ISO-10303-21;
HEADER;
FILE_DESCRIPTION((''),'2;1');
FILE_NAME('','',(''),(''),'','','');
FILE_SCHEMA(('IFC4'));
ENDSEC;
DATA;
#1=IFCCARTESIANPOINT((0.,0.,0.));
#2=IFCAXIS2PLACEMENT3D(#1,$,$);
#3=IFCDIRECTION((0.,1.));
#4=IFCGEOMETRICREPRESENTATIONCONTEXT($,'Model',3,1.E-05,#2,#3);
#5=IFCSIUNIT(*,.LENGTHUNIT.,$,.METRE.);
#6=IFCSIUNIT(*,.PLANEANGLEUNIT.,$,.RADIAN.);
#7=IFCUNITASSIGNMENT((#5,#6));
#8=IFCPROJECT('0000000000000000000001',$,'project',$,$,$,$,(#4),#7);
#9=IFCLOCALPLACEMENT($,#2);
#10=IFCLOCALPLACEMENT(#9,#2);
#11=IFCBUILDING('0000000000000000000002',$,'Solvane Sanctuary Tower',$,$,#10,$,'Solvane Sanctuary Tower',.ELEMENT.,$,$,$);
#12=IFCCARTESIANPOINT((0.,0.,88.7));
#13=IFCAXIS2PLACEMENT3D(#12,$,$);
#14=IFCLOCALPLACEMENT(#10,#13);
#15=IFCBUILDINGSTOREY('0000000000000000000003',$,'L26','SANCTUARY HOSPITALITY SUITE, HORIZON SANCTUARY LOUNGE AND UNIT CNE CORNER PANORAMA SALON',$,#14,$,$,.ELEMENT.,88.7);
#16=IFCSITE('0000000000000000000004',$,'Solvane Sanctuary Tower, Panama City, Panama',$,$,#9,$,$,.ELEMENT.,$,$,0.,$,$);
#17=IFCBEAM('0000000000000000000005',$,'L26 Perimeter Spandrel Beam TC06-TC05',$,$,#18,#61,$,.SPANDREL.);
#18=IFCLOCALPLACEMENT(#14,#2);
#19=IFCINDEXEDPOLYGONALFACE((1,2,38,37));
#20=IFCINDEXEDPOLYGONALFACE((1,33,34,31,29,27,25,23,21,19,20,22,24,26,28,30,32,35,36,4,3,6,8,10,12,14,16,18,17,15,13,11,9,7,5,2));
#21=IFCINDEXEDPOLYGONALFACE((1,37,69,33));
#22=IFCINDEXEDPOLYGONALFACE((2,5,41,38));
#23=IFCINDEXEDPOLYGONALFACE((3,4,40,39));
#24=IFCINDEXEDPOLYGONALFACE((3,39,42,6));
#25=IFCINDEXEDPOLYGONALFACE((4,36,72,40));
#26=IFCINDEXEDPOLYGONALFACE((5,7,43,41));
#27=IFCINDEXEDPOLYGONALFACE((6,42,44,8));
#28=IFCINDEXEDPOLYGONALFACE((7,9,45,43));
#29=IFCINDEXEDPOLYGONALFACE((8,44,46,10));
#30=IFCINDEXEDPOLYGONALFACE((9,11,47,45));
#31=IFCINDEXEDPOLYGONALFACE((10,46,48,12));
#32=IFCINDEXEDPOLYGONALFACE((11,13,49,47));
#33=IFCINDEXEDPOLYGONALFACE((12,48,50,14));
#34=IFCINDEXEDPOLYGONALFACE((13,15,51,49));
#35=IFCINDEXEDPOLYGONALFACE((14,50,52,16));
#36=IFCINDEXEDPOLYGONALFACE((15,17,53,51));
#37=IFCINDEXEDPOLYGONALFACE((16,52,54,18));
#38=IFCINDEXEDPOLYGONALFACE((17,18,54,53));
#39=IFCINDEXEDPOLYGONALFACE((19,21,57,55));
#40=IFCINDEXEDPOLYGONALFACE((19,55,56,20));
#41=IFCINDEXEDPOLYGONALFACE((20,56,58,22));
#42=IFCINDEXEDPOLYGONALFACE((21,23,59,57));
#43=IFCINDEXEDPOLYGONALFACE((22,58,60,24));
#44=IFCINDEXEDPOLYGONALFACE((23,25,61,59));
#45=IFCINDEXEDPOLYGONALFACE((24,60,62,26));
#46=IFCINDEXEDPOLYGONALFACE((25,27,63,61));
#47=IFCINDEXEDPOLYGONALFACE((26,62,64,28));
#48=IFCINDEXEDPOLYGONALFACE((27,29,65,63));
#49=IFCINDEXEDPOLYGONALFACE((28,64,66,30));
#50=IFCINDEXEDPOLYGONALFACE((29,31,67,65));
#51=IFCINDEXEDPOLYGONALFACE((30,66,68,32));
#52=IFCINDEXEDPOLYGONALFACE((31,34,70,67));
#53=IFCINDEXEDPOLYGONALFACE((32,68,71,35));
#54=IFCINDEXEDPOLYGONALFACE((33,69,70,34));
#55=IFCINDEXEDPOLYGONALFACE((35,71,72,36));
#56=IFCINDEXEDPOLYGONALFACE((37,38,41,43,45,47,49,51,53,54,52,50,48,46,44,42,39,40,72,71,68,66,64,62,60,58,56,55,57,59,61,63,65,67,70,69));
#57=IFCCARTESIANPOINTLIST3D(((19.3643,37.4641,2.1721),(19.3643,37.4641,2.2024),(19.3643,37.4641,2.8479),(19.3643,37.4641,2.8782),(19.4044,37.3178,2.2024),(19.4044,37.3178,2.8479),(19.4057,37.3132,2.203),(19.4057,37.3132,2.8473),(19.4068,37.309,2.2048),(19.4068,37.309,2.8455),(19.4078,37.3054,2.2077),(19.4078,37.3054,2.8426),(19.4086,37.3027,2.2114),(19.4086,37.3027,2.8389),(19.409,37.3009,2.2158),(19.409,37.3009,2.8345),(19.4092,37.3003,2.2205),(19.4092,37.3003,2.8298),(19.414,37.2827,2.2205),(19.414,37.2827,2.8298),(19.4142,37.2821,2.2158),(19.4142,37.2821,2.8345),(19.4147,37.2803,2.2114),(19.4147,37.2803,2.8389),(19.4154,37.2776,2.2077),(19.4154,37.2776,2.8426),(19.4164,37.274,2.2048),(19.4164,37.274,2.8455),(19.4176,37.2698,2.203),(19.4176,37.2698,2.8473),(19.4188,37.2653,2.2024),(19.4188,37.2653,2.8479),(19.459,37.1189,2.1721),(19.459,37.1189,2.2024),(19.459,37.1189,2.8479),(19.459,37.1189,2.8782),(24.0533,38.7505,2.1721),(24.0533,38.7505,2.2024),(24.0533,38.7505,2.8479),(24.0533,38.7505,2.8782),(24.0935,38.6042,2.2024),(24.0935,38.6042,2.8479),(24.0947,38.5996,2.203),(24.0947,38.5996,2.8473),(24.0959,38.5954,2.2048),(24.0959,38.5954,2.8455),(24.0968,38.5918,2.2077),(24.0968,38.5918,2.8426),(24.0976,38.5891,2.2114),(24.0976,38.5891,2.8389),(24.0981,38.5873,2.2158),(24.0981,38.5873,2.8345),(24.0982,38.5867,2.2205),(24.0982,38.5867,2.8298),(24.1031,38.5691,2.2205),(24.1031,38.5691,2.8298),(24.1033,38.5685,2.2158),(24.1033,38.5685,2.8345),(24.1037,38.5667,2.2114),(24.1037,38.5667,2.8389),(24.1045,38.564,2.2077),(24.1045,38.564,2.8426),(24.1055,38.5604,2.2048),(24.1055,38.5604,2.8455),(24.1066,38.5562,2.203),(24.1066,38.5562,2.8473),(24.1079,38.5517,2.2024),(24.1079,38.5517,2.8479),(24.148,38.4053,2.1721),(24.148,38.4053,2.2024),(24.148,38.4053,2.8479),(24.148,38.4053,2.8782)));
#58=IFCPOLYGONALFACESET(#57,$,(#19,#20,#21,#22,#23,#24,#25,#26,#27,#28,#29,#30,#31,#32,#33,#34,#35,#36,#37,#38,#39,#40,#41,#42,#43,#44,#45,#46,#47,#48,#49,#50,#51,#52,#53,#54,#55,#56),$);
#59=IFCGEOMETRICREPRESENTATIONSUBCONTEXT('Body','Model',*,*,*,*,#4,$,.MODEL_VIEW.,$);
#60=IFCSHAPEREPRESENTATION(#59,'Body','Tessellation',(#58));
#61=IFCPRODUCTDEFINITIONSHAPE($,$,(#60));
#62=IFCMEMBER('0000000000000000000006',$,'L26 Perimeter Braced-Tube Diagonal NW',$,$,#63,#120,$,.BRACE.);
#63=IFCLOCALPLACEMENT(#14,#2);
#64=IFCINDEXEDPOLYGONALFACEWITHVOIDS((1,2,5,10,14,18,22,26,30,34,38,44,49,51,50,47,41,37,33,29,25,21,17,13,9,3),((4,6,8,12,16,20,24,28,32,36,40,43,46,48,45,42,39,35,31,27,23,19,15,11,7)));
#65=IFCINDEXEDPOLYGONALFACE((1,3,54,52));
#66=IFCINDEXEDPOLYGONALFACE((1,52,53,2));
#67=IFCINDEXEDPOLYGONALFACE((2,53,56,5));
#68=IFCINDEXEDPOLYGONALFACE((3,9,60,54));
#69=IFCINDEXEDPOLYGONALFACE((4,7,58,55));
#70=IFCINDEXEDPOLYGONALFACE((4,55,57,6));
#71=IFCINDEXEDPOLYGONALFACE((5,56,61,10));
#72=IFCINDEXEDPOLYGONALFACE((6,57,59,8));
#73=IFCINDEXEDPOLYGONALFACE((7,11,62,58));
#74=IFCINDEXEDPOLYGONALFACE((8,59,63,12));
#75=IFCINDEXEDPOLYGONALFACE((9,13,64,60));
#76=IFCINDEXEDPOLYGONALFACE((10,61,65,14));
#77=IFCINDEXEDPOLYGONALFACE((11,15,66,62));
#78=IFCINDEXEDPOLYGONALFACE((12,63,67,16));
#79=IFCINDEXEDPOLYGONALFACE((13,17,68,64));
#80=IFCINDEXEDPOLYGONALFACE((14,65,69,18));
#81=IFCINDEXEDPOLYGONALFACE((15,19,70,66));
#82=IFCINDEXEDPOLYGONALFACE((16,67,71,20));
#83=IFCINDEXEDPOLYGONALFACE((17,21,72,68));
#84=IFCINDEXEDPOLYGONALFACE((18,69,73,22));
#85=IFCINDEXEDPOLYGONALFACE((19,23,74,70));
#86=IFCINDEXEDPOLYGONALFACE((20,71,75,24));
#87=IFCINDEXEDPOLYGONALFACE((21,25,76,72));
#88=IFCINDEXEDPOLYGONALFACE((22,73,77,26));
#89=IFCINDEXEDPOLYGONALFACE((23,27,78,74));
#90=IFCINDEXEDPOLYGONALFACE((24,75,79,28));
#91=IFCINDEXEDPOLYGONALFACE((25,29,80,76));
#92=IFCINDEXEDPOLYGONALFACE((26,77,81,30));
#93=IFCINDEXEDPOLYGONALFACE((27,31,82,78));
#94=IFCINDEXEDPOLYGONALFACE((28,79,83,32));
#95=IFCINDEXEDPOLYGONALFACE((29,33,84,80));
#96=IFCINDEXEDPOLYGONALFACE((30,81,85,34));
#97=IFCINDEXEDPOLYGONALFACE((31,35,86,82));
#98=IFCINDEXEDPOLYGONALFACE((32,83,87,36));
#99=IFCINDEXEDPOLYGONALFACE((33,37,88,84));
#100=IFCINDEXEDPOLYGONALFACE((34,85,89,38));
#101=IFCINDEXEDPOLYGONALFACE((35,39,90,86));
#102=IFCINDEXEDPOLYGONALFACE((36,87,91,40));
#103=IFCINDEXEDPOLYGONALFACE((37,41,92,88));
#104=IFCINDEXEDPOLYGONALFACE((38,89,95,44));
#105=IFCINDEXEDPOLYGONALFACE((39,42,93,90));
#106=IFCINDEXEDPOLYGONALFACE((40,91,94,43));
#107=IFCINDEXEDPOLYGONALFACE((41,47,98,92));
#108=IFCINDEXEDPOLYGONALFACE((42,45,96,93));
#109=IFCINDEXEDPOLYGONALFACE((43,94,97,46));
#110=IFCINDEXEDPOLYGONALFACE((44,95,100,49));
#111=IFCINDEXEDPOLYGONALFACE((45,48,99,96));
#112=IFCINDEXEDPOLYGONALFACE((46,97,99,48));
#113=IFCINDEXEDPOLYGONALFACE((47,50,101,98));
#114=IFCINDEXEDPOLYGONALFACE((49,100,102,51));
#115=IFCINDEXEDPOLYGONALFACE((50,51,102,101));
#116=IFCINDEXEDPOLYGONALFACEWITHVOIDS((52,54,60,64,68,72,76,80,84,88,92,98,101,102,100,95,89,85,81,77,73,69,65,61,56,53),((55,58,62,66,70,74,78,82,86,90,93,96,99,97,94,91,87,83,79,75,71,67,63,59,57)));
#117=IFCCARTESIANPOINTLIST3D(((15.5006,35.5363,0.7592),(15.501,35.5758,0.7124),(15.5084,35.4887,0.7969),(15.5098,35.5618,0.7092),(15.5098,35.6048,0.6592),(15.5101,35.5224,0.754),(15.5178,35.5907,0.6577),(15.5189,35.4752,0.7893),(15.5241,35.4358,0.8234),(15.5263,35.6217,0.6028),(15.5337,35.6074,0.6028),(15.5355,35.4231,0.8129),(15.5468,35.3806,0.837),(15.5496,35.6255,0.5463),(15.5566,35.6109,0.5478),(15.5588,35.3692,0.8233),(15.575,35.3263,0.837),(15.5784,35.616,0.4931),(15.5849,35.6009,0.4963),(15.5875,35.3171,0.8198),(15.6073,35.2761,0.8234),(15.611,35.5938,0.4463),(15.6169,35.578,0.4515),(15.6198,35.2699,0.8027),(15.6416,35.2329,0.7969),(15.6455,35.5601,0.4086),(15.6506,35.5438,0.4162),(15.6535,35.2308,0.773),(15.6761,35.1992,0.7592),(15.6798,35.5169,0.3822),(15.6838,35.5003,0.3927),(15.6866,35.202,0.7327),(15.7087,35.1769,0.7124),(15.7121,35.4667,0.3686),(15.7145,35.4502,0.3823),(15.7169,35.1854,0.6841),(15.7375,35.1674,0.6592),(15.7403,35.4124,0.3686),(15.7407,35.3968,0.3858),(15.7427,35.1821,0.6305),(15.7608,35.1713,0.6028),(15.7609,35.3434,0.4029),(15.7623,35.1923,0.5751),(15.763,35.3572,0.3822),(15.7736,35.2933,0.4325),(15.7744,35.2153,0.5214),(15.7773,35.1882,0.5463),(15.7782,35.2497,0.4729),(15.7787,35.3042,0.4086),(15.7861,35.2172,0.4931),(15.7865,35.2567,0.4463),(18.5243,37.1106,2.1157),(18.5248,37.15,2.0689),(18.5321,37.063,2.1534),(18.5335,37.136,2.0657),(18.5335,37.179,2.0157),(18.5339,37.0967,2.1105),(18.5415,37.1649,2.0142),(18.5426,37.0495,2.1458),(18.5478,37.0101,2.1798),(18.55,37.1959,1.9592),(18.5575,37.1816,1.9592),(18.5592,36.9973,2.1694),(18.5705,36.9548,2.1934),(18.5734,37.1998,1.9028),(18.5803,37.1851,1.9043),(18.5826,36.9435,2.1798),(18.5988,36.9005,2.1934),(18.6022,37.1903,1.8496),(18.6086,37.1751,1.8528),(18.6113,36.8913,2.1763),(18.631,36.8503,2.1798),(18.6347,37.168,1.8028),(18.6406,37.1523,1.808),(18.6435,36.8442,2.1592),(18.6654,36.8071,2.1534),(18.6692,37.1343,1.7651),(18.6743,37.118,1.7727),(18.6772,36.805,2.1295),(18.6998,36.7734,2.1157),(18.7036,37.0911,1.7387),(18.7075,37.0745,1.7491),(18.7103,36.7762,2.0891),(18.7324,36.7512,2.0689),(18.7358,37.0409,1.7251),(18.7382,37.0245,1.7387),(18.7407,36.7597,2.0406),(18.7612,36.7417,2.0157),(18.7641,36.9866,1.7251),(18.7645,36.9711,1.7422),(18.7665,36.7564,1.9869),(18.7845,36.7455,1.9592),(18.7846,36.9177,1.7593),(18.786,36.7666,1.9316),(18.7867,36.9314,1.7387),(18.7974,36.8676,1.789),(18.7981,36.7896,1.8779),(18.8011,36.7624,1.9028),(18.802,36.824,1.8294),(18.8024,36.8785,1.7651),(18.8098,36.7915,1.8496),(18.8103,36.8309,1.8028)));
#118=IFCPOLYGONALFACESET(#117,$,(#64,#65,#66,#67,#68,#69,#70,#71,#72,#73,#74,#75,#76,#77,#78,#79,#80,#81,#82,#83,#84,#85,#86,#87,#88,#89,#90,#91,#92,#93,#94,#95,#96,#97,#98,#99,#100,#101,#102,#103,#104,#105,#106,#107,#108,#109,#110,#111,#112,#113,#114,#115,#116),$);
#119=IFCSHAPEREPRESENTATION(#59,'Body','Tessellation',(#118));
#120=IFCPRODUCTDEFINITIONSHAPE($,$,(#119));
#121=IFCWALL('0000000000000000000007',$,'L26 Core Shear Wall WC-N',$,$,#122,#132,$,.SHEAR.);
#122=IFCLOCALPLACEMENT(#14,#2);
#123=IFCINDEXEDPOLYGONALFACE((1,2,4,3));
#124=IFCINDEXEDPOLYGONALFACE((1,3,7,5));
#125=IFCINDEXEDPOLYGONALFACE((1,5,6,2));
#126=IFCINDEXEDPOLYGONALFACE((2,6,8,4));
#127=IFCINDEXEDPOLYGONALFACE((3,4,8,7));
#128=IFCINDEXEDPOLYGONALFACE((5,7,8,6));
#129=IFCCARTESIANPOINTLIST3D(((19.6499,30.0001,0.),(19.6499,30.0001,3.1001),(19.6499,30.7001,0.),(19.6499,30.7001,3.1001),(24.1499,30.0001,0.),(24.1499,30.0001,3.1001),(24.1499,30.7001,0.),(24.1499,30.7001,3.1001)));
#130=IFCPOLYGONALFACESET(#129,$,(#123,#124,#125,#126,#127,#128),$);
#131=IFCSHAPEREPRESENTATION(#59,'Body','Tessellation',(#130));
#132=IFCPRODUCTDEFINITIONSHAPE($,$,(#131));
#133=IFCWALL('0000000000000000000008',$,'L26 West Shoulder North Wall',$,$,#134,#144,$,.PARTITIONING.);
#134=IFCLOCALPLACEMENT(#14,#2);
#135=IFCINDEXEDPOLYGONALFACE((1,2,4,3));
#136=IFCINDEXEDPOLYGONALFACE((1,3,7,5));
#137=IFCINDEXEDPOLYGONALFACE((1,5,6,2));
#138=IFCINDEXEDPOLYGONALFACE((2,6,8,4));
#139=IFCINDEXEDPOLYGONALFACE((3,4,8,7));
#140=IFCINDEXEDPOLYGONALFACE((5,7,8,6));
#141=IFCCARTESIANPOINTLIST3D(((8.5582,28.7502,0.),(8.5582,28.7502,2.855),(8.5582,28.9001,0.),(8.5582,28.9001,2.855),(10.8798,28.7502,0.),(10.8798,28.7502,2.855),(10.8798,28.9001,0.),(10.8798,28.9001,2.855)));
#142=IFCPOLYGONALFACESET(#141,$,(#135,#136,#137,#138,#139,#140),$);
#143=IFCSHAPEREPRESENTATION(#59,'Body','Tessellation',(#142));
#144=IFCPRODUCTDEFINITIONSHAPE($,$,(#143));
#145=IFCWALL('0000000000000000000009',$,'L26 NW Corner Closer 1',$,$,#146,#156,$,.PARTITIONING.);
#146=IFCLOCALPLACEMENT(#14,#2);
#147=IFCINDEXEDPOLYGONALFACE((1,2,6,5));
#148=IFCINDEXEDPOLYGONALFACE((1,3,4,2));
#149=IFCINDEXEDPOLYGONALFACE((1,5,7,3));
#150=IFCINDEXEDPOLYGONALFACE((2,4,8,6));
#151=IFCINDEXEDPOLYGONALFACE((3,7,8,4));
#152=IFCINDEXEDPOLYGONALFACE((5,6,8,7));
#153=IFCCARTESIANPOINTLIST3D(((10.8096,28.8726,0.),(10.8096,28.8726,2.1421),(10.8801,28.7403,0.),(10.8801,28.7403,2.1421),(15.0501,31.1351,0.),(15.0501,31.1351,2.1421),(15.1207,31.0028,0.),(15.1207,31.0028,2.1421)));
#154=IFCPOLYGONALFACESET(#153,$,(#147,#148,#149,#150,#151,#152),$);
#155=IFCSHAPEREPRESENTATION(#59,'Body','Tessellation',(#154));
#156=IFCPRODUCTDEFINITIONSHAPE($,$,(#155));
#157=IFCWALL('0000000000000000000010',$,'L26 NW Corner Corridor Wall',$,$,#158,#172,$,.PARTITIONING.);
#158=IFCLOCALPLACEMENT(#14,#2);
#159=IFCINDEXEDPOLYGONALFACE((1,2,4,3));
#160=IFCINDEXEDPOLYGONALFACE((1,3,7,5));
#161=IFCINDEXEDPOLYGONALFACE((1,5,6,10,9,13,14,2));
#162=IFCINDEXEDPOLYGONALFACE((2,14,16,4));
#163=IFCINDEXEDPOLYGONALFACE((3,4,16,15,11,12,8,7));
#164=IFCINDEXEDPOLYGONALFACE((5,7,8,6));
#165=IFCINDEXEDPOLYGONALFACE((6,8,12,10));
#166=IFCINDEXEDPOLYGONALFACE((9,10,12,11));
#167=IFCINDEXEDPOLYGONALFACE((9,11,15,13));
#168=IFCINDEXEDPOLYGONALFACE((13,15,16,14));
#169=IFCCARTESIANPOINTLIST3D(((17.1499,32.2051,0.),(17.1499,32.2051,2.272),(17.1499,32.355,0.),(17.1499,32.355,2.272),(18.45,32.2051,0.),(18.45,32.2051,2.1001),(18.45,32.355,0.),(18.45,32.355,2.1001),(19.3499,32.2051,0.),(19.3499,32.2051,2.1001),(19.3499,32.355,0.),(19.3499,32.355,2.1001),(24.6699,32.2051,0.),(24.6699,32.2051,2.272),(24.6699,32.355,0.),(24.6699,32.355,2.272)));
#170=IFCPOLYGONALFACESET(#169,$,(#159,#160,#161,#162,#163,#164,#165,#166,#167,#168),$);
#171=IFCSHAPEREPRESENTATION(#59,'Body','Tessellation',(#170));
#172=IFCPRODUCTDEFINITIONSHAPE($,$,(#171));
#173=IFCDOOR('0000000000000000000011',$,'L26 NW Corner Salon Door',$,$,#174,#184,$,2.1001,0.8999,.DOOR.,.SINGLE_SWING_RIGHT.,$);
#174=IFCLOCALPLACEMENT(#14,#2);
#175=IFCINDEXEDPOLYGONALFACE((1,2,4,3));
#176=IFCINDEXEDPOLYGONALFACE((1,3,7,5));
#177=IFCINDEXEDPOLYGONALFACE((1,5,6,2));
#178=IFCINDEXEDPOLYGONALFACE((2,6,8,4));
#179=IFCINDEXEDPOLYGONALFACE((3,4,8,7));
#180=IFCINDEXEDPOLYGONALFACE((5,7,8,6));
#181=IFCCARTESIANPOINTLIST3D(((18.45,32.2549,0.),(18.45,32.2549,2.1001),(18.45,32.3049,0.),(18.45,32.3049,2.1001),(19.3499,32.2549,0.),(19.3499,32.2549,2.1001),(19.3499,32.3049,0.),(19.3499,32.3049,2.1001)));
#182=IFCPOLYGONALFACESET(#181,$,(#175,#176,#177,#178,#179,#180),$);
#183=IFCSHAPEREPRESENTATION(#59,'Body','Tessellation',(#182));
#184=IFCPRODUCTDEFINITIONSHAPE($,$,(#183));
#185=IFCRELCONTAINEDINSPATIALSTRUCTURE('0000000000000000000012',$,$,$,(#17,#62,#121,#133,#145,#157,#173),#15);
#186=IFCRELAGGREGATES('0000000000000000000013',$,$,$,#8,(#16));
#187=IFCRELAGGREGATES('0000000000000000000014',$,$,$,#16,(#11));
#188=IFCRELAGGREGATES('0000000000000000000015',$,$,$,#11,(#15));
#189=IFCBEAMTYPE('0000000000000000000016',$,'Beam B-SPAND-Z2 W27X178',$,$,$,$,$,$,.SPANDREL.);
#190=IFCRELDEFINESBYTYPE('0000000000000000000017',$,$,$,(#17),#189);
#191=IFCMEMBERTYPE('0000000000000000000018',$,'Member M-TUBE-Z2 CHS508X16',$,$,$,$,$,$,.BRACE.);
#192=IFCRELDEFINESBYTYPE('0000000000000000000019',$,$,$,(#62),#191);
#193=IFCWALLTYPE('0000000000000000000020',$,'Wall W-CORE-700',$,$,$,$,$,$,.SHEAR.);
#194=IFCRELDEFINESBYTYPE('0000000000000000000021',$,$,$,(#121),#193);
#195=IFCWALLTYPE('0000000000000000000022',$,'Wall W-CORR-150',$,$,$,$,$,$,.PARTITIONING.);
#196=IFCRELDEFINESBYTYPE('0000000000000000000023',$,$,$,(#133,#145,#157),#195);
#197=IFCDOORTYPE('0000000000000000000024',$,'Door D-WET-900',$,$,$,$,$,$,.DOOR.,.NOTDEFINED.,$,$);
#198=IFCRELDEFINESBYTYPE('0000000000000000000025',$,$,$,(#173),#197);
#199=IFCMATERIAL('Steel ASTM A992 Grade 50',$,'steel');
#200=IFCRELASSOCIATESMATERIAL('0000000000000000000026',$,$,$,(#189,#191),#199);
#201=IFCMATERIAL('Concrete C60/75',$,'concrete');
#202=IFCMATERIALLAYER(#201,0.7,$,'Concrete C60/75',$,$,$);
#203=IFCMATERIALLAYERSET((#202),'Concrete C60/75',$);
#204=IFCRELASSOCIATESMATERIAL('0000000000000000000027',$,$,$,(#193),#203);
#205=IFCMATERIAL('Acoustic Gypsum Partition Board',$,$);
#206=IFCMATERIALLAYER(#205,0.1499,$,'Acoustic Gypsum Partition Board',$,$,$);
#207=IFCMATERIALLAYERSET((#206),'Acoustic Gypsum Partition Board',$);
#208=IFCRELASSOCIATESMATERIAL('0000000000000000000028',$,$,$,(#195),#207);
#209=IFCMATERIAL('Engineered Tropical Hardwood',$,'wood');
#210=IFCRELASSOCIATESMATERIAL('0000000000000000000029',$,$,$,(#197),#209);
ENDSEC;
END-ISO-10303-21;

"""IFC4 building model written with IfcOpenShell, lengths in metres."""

from ifc_helpers import new_model, si_unit, direction, frame, frame_2d, origin, origin_2d, place, context, subcontext, project, spatial, rectangle, hollow_circle, i_section, extrude, material, layer, layer_set, material_profile, profile_set, type_object, element, fill, save


model = new_model("IFC4")

# Units and contexts
model_context = context("Model", 3, precision=1e-05, world=origin(), true_north=direction((0.0, 1.0)))
body_context = subcontext(model_context, "Body", "Model", "MODEL_VIEW")
ifc_project = project(units=[si_unit("LENGTHUNIT", "METRE"), si_unit("PLANEANGLEUNIT", "RADIAN")], contexts=[model_context])

# Site, building, storey
site_placement = place(None, origin())
site = spatial("IfcSite", under=ifc_project, at=site_placement, Name="Solvane Sanctuary Tower, Panama City, Panama", CompositionType="ELEMENT", RefElevation=0.0)
building_placement = place(site_placement, origin())
building = spatial("IfcBuilding", under=site, at=building_placement, Name="Solvane Sanctuary Tower", LongName="Solvane Sanctuary Tower", CompositionType="ELEMENT")
storey_placement = place(building_placement, frame((0.0, 0.0, 88.7)))
storey = spatial("IfcBuildingStorey", under=building, at=storey_placement, Name="L26", Description="SANCTUARY HOSPITALITY SUITE, HORIZON SANCTUARY LOUNGE AND UNIT CNE CORNER PANORAMA SALON", CompositionType="ELEMENT", Elevation=88.7)

# Shared definitions
ifc_material_1 = material(Name="Concrete C60/75", Category="concrete")

# Beam
ifc_material_2 = material(Name="Steel ASTM A992 Grade 50", Category="steel")
ifc_material_profile_1 = material_profile(ifc_material_2, i_section(OverallWidth=0.3579, OverallDepth=0.7061, WebThickness=0.0183, FlangeThickness=0.0303, FilletRadius=0.0181, at=origin_2d()), Name="W27X178")
ifc_profile_set_1 = profile_set([ifc_material_profile_1], Name="Steel ASTM A992 Grade 50")
beam_type_1 = type_object("IfcBeamType", Name="Beam B-SPAND-Z2 W27X178", PredefinedType="SPANDREL", material=ifc_profile_set_1)
beam_1_placement = place(storey_placement, frame((19.4116, 37.2915, 2.5251), z_axis=(0.964368, 0.264566, 0.0), x_axis=(-0.264566, 0.964368, 0.0)))
element("IfcBeam", 1, at=beam_1_placement, inside=storey, type_object=beam_type_1, Name="L26 Perimeter Spandrel Beam TC06-TC05", PredefinedType="SPANDREL", context=body_context, shape_type="SweptSolid", body=[
    extrude(i_section(OverallWidth=0.3579, OverallDepth=0.7061, WebThickness=0.0183, FlangeThickness=0.0303, FilletRadius=0.0181, at=origin_2d()), origin(), (0.0, 0.0, 1.0), 4.8623),
])

# Member
ifc_material_profile_2 = material_profile(ifc_material_2, hollow_circle(Radius=0.2539, WallThickness=0.0161, at=origin_2d()), Name="CHS508X16")
ifc_profile_set_2 = profile_set([ifc_material_profile_2], Name="Steel ASTM A992 Grade 50")
member_type = type_object("IfcMemberType", Name="Member M-TUBE-Z2 CHS508X16", PredefinedType="BRACE", material=ifc_profile_set_2)
member_placement = place(storey_placement, frame((15.6436, 35.3965, 0.6028), z_axis=(0.824141, 0.429072, 0.369715), x_axis=(-0.461792, 0.886988, 0.0)))
element("IfcMember", 2, at=member_placement, inside=storey, type_object=member_type, Name="L26 Perimeter Braced-Tube Diagonal NW", PredefinedType="BRACE", context=body_context, shape_type="SweptSolid", body=[
    extrude(hollow_circle(Radius=0.2539, WallThickness=0.0161, at=origin_2d()), origin(), (0.0, 0.0, 1.0), 3.6689),
])

# Walls
ifc_layer_1 = layer(ifc_material_1, 0.7, Name="Concrete C60/75")
ifc_layer_set_1 = layer_set([ifc_layer_1], Name="Concrete C60/75")
wall_type_1 = type_object("IfcWallType", Name="Wall W-CORE-700", PredefinedType="SHEAR", material=ifc_layer_set_1)
wall_1_placement = place(storey_placement, frame((19.6499, 30.3501, 0.0), z_axis=(0.0, 0.0, 1.0), x_axis=(1.0, 0.0, 0.0)))
element("IfcWall", 3, at=wall_1_placement, inside=storey, type_object=wall_type_1, Name="L26 Core Shear Wall WC-N", PredefinedType="SHEAR", context=body_context, shape_type="SweptSolid", body=[
    extrude(rectangle(XDim=4.5, YDim=0.7, at=frame_2d((2.25, 0.0))), origin(), (0.0, 0.0, 1.0), 3.1001),
])
ifc_material_3 = material(Name="Acoustic Gypsum Partition Board")
ifc_layer_2 = layer(ifc_material_3, 0.1499, Name="Acoustic Gypsum Partition Board")
ifc_layer_set_2 = layer_set([ifc_layer_2], Name="Acoustic Gypsum Partition Board")
wall_type_2 = type_object("IfcWallType", Name="Wall W-CORR-150", PredefinedType="PARTITIONING", material=ifc_layer_set_2)
wall_2_placement = place(storey_placement, frame((8.5583, 28.8252, 0.0), z_axis=(0.0, 0.0, 1.0), x_axis=(1.0, 0.0, 0.0)))
element("IfcWall", 4, at=wall_2_placement, inside=storey, type_object=wall_type_2, Name="L26 West Shoulder North Wall", PredefinedType="PARTITIONING", context=body_context, shape_type="SweptSolid", body=[
    extrude(rectangle(XDim=2.3215, YDim=0.1499, at=frame_2d((1.1606, 0.0))), origin(), (0.0, 0.0, 1.0), 2.855),
])
wall_3_placement = place(storey_placement, frame((10.8447, 28.8064, 0.0), z_axis=(0.0, 0.0, 1.0), x_axis=(0.882278, 0.470728, 0.0)))
element("IfcWall", 5, at=wall_3_placement, inside=storey, type_object=wall_type_2, Name="L26 NW Corner Closer 1", PredefinedType="PARTITIONING", context=body_context, shape_type="SweptSolid", body=[
    extrude(rectangle(XDim=4.8064, YDim=0.1499, at=frame_2d((2.4033, 0.0))), origin(), (0.0, 0.0, 1.0), 2.1421),
])

# Wall, opening, door
wall_4_placement = place(storey_placement, frame((17.1499, 32.28, 0.0), z_axis=(0.0, 0.0, 1.0), x_axis=(1.0, 0.0, 0.0)))
wall_4 = element("IfcWall", 6, at=wall_4_placement, inside=storey, type_object=wall_type_2, Name="L26 NW Corner Corridor Wall", PredefinedType="PARTITIONING", context=body_context, shape_type="SweptSolid", body=[
    extrude(rectangle(XDim=7.52, YDim=0.1499, at=frame_2d((3.76, 0.0))), origin(), (0.0, 0.0, 1.0), 2.272),
])
opening_1_placement = place(wall_4_placement, frame((1.3, 0.0, 0.0)))
opening_1 = element("IfcOpeningElement", 7, at=opening_1_placement, cuts=wall_4, PredefinedType="OPENING", context=body_context, shape_type="SweptSolid", body=[
    extrude(rectangle(XDim=0.8999, YDim=2.1001, at=frame_2d((0.45, 1.05))), frame((0.0, 0.085, 0.0), z_axis=(0.0, -1.0, 0.0), x_axis=(1.0, 0.0, 0.0)), (0.0, 0.0, 1.0), 0.1699),
])
ifc_material_4 = material(Name="Engineered Tropical Hardwood", Category="wood")
door_type_1 = type_object("IfcDoorType", Name="Door D-WET-900", OperationType="NOTDEFINED", PredefinedType="DOOR", material=ifc_material_4)
door_1_placement = place(opening_1_placement, origin())
door_1 = element("IfcDoor", 8, at=door_1_placement, inside=storey, type_object=door_type_1, Name="L26 NW Corner Salon Door", OperationType="SINGLE_SWING_RIGHT", OverallHeight=2.1001, OverallWidth=0.8999, PredefinedType="DOOR", context=body_context, shape_type="SweptSolid", body=[
    extrude(rectangle(XDim=0.8999, YDim=2.1001, at=frame_2d((0.45, 1.05))), frame((0.0, 0.0249, 0.0), z_axis=(0.0, -1.0, 0.0), x_axis=(1.0, 0.0, 0.0)), (0.0, 0.0, 1.0), 0.05),
])
fill(opening_1, door_1)

save(model, "model.ifc")
